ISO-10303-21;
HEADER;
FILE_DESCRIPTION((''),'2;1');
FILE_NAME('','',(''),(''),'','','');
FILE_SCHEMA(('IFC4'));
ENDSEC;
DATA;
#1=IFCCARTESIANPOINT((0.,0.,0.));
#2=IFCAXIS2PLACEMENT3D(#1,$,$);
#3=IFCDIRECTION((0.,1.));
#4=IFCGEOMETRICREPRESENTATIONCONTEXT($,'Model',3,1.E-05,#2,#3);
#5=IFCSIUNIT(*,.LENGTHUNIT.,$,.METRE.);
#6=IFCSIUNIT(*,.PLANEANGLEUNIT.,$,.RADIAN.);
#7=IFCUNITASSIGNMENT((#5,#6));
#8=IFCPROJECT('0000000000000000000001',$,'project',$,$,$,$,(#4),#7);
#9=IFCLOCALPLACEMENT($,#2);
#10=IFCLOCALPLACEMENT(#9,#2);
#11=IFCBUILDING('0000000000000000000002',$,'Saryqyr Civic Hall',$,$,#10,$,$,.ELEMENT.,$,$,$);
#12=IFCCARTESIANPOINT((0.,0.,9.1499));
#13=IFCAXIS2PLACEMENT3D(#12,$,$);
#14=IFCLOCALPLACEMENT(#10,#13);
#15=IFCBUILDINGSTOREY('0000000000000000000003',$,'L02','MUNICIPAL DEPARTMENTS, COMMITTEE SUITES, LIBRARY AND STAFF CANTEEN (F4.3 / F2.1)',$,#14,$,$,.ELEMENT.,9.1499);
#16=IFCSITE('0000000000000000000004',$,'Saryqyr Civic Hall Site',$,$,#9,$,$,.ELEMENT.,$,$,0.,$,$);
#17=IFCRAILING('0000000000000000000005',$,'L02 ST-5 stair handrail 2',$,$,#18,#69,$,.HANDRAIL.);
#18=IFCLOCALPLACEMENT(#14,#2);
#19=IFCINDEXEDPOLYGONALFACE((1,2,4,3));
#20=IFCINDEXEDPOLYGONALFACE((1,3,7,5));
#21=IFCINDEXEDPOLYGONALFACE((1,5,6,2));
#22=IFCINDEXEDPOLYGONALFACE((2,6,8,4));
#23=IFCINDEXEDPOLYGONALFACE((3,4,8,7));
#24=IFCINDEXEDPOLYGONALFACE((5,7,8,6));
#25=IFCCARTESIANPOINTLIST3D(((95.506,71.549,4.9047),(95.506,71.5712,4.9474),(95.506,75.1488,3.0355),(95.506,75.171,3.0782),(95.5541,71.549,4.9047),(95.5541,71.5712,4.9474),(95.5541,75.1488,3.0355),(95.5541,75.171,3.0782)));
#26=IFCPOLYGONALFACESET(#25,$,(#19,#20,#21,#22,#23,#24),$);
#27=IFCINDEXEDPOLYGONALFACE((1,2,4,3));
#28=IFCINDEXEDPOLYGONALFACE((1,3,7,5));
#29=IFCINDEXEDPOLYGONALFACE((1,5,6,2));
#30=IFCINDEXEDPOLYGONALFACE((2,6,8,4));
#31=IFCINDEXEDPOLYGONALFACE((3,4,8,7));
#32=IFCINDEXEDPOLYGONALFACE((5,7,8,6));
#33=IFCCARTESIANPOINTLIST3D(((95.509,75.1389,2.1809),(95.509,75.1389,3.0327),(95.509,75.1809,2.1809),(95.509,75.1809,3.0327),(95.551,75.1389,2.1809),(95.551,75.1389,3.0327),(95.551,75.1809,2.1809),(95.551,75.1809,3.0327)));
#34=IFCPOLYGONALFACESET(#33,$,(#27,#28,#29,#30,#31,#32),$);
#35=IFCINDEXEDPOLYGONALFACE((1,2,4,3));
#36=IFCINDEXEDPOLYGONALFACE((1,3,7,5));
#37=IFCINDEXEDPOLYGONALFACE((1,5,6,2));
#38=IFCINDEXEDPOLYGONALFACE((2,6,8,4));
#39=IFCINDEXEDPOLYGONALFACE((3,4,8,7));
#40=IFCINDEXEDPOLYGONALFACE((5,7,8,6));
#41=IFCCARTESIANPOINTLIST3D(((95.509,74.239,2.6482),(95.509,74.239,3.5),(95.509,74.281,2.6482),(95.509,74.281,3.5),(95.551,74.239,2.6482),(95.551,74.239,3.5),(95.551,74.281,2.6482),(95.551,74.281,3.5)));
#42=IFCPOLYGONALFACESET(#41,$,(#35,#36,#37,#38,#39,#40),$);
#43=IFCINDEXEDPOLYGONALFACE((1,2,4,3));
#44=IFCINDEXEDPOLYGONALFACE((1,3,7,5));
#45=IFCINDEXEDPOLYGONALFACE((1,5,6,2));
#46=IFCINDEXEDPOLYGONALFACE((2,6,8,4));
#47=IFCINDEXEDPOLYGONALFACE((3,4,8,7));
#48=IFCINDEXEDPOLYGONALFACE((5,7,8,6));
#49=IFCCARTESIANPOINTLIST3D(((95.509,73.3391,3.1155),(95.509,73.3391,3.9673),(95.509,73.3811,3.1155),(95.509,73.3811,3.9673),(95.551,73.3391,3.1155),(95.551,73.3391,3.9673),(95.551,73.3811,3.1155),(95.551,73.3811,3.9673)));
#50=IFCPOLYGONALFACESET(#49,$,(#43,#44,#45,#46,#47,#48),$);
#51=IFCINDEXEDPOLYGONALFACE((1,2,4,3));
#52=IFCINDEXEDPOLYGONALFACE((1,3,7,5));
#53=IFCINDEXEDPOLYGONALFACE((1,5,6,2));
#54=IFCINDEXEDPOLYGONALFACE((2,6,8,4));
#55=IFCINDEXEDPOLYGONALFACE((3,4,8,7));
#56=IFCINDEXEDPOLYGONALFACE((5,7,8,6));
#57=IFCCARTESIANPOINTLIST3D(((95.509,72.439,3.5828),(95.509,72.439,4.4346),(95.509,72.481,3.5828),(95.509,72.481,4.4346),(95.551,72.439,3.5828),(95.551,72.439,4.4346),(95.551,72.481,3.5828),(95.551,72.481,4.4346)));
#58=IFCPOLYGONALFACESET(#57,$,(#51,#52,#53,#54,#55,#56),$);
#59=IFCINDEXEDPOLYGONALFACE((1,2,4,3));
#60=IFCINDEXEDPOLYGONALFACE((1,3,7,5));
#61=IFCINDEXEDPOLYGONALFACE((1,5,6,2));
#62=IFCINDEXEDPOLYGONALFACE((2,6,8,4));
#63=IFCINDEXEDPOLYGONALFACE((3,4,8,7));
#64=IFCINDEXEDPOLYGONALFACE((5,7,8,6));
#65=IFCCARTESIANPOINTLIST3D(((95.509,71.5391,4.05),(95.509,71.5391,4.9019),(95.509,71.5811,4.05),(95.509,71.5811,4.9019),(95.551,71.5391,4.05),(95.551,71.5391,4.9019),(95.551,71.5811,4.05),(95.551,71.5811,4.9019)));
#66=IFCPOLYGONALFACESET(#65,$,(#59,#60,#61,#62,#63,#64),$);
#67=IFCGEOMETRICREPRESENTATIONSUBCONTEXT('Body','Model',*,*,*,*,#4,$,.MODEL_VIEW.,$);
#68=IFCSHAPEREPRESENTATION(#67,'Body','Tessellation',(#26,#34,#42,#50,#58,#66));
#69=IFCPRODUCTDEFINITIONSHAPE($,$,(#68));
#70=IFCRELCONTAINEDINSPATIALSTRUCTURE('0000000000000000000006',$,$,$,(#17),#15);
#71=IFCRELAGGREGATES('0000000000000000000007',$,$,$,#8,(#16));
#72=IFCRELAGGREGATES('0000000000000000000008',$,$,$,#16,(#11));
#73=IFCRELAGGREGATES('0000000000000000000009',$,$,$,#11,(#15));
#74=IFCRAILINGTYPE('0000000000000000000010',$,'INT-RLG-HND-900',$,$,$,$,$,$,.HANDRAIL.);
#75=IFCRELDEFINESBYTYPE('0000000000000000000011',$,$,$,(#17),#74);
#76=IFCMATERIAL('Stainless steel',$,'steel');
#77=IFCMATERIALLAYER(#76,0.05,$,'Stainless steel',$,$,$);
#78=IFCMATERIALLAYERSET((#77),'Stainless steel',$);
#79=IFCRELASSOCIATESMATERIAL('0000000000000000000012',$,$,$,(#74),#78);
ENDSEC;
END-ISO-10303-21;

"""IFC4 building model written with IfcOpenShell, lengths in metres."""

from ifc_helpers import new_model, si_unit, direction, frame, origin, origin_2d, place, context, subcontext, project, spatial, rectangle, extrude, material, layer, layer_set, type_object, element, save


model = new_model("IFC4")

# Units and contexts
model_context = context("Model", 3, precision=1e-05, world=origin(), true_north=direction((0.0, 1.0)))
body_context = subcontext(model_context, "Body", "Model", "MODEL_VIEW")
ifc_project = project(units=[si_unit("LENGTHUNIT", "METRE"), si_unit("PLANEANGLEUNIT", "RADIAN")], contexts=[model_context])

# Site, building, storey
site_placement = place(None, origin())
site = spatial("IfcSite", under=ifc_project, at=site_placement, Name="Saryqyr Civic Hall Site", CompositionType="ELEMENT", RefElevation=0.0)
building_placement = place(site_placement, origin())
building = spatial("IfcBuilding", under=site, at=building_placement, Name="Saryqyr Civic Hall", CompositionType="ELEMENT")
storey_placement = place(building_placement, frame((0.0, 0.0, 9.1499)))
storey = spatial("IfcBuildingStorey", under=building, at=storey_placement, Name="L02", Description="MUNICIPAL DEPARTMENTS, COMMITTEE SUITES, LIBRARY AND STAFF CANTEEN (F4.3 / F2.1)", CompositionType="ELEMENT", Elevation=9.1499)

# Railing
ifc_material_1 = material(Name="Stainless steel", Category="steel")
ifc_layer_1 = layer(ifc_material_1, 0.05, Name="Stainless steel")
ifc_layer_set_1 = layer_set([ifc_layer_1], Name="Stainless steel")
railing_type_1 = type_object("IfcRailingType", Name="INT-RLG-HND-900", PredefinedType="HANDRAIL", material=ifc_layer_set_1)
railing_1_placement = place(storey_placement, frame((95.53, 75.1599, 2.1809)))
element("IfcRailing", 1, at=railing_1_placement, inside=storey, type_object=railing_type_1, Name="L02 ST-5 stair handrail 2", PredefinedType="HANDRAIL", context=body_context, shape_type="SweptSolid", body=[
    extrude(rectangle(XDim=0.0481, YDim=0.0481, at=origin_2d()), frame((0.0, 0.0, 0.876), z_axis=(0.0, -0.887497, 0.460813), x_axis=(1.0, 0.0, 0.0)), (0.0, 0.0, 1.0), 4.0562),
    extrude(rectangle(XDim=0.042, YDim=0.042, at=origin_2d()), origin(), (0.0, 0.0, 1.0), 0.8518),
    extrude(rectangle(XDim=0.042, YDim=0.042, at=origin_2d()), frame((0.0, -0.8999, 0.4673)), (0.0, 0.0, 1.0), 0.8518),
    extrude(rectangle(XDim=0.042, YDim=0.042, at=origin_2d()), frame((0.0, -1.7998, 0.9346)), (0.0, 0.0, 1.0), 0.8518),
    extrude(rectangle(XDim=0.042, YDim=0.042, at=origin_2d()), frame((0.0, -2.7, 1.4019)), (0.0, 0.0, 1.0), 0.8518),
    extrude(rectangle(XDim=0.042, YDim=0.042, at=origin_2d()), frame((0.0, -3.5999, 1.8691)), (0.0, 0.0, 1.0), 0.8518),
])

save(model, "model.ifc")
